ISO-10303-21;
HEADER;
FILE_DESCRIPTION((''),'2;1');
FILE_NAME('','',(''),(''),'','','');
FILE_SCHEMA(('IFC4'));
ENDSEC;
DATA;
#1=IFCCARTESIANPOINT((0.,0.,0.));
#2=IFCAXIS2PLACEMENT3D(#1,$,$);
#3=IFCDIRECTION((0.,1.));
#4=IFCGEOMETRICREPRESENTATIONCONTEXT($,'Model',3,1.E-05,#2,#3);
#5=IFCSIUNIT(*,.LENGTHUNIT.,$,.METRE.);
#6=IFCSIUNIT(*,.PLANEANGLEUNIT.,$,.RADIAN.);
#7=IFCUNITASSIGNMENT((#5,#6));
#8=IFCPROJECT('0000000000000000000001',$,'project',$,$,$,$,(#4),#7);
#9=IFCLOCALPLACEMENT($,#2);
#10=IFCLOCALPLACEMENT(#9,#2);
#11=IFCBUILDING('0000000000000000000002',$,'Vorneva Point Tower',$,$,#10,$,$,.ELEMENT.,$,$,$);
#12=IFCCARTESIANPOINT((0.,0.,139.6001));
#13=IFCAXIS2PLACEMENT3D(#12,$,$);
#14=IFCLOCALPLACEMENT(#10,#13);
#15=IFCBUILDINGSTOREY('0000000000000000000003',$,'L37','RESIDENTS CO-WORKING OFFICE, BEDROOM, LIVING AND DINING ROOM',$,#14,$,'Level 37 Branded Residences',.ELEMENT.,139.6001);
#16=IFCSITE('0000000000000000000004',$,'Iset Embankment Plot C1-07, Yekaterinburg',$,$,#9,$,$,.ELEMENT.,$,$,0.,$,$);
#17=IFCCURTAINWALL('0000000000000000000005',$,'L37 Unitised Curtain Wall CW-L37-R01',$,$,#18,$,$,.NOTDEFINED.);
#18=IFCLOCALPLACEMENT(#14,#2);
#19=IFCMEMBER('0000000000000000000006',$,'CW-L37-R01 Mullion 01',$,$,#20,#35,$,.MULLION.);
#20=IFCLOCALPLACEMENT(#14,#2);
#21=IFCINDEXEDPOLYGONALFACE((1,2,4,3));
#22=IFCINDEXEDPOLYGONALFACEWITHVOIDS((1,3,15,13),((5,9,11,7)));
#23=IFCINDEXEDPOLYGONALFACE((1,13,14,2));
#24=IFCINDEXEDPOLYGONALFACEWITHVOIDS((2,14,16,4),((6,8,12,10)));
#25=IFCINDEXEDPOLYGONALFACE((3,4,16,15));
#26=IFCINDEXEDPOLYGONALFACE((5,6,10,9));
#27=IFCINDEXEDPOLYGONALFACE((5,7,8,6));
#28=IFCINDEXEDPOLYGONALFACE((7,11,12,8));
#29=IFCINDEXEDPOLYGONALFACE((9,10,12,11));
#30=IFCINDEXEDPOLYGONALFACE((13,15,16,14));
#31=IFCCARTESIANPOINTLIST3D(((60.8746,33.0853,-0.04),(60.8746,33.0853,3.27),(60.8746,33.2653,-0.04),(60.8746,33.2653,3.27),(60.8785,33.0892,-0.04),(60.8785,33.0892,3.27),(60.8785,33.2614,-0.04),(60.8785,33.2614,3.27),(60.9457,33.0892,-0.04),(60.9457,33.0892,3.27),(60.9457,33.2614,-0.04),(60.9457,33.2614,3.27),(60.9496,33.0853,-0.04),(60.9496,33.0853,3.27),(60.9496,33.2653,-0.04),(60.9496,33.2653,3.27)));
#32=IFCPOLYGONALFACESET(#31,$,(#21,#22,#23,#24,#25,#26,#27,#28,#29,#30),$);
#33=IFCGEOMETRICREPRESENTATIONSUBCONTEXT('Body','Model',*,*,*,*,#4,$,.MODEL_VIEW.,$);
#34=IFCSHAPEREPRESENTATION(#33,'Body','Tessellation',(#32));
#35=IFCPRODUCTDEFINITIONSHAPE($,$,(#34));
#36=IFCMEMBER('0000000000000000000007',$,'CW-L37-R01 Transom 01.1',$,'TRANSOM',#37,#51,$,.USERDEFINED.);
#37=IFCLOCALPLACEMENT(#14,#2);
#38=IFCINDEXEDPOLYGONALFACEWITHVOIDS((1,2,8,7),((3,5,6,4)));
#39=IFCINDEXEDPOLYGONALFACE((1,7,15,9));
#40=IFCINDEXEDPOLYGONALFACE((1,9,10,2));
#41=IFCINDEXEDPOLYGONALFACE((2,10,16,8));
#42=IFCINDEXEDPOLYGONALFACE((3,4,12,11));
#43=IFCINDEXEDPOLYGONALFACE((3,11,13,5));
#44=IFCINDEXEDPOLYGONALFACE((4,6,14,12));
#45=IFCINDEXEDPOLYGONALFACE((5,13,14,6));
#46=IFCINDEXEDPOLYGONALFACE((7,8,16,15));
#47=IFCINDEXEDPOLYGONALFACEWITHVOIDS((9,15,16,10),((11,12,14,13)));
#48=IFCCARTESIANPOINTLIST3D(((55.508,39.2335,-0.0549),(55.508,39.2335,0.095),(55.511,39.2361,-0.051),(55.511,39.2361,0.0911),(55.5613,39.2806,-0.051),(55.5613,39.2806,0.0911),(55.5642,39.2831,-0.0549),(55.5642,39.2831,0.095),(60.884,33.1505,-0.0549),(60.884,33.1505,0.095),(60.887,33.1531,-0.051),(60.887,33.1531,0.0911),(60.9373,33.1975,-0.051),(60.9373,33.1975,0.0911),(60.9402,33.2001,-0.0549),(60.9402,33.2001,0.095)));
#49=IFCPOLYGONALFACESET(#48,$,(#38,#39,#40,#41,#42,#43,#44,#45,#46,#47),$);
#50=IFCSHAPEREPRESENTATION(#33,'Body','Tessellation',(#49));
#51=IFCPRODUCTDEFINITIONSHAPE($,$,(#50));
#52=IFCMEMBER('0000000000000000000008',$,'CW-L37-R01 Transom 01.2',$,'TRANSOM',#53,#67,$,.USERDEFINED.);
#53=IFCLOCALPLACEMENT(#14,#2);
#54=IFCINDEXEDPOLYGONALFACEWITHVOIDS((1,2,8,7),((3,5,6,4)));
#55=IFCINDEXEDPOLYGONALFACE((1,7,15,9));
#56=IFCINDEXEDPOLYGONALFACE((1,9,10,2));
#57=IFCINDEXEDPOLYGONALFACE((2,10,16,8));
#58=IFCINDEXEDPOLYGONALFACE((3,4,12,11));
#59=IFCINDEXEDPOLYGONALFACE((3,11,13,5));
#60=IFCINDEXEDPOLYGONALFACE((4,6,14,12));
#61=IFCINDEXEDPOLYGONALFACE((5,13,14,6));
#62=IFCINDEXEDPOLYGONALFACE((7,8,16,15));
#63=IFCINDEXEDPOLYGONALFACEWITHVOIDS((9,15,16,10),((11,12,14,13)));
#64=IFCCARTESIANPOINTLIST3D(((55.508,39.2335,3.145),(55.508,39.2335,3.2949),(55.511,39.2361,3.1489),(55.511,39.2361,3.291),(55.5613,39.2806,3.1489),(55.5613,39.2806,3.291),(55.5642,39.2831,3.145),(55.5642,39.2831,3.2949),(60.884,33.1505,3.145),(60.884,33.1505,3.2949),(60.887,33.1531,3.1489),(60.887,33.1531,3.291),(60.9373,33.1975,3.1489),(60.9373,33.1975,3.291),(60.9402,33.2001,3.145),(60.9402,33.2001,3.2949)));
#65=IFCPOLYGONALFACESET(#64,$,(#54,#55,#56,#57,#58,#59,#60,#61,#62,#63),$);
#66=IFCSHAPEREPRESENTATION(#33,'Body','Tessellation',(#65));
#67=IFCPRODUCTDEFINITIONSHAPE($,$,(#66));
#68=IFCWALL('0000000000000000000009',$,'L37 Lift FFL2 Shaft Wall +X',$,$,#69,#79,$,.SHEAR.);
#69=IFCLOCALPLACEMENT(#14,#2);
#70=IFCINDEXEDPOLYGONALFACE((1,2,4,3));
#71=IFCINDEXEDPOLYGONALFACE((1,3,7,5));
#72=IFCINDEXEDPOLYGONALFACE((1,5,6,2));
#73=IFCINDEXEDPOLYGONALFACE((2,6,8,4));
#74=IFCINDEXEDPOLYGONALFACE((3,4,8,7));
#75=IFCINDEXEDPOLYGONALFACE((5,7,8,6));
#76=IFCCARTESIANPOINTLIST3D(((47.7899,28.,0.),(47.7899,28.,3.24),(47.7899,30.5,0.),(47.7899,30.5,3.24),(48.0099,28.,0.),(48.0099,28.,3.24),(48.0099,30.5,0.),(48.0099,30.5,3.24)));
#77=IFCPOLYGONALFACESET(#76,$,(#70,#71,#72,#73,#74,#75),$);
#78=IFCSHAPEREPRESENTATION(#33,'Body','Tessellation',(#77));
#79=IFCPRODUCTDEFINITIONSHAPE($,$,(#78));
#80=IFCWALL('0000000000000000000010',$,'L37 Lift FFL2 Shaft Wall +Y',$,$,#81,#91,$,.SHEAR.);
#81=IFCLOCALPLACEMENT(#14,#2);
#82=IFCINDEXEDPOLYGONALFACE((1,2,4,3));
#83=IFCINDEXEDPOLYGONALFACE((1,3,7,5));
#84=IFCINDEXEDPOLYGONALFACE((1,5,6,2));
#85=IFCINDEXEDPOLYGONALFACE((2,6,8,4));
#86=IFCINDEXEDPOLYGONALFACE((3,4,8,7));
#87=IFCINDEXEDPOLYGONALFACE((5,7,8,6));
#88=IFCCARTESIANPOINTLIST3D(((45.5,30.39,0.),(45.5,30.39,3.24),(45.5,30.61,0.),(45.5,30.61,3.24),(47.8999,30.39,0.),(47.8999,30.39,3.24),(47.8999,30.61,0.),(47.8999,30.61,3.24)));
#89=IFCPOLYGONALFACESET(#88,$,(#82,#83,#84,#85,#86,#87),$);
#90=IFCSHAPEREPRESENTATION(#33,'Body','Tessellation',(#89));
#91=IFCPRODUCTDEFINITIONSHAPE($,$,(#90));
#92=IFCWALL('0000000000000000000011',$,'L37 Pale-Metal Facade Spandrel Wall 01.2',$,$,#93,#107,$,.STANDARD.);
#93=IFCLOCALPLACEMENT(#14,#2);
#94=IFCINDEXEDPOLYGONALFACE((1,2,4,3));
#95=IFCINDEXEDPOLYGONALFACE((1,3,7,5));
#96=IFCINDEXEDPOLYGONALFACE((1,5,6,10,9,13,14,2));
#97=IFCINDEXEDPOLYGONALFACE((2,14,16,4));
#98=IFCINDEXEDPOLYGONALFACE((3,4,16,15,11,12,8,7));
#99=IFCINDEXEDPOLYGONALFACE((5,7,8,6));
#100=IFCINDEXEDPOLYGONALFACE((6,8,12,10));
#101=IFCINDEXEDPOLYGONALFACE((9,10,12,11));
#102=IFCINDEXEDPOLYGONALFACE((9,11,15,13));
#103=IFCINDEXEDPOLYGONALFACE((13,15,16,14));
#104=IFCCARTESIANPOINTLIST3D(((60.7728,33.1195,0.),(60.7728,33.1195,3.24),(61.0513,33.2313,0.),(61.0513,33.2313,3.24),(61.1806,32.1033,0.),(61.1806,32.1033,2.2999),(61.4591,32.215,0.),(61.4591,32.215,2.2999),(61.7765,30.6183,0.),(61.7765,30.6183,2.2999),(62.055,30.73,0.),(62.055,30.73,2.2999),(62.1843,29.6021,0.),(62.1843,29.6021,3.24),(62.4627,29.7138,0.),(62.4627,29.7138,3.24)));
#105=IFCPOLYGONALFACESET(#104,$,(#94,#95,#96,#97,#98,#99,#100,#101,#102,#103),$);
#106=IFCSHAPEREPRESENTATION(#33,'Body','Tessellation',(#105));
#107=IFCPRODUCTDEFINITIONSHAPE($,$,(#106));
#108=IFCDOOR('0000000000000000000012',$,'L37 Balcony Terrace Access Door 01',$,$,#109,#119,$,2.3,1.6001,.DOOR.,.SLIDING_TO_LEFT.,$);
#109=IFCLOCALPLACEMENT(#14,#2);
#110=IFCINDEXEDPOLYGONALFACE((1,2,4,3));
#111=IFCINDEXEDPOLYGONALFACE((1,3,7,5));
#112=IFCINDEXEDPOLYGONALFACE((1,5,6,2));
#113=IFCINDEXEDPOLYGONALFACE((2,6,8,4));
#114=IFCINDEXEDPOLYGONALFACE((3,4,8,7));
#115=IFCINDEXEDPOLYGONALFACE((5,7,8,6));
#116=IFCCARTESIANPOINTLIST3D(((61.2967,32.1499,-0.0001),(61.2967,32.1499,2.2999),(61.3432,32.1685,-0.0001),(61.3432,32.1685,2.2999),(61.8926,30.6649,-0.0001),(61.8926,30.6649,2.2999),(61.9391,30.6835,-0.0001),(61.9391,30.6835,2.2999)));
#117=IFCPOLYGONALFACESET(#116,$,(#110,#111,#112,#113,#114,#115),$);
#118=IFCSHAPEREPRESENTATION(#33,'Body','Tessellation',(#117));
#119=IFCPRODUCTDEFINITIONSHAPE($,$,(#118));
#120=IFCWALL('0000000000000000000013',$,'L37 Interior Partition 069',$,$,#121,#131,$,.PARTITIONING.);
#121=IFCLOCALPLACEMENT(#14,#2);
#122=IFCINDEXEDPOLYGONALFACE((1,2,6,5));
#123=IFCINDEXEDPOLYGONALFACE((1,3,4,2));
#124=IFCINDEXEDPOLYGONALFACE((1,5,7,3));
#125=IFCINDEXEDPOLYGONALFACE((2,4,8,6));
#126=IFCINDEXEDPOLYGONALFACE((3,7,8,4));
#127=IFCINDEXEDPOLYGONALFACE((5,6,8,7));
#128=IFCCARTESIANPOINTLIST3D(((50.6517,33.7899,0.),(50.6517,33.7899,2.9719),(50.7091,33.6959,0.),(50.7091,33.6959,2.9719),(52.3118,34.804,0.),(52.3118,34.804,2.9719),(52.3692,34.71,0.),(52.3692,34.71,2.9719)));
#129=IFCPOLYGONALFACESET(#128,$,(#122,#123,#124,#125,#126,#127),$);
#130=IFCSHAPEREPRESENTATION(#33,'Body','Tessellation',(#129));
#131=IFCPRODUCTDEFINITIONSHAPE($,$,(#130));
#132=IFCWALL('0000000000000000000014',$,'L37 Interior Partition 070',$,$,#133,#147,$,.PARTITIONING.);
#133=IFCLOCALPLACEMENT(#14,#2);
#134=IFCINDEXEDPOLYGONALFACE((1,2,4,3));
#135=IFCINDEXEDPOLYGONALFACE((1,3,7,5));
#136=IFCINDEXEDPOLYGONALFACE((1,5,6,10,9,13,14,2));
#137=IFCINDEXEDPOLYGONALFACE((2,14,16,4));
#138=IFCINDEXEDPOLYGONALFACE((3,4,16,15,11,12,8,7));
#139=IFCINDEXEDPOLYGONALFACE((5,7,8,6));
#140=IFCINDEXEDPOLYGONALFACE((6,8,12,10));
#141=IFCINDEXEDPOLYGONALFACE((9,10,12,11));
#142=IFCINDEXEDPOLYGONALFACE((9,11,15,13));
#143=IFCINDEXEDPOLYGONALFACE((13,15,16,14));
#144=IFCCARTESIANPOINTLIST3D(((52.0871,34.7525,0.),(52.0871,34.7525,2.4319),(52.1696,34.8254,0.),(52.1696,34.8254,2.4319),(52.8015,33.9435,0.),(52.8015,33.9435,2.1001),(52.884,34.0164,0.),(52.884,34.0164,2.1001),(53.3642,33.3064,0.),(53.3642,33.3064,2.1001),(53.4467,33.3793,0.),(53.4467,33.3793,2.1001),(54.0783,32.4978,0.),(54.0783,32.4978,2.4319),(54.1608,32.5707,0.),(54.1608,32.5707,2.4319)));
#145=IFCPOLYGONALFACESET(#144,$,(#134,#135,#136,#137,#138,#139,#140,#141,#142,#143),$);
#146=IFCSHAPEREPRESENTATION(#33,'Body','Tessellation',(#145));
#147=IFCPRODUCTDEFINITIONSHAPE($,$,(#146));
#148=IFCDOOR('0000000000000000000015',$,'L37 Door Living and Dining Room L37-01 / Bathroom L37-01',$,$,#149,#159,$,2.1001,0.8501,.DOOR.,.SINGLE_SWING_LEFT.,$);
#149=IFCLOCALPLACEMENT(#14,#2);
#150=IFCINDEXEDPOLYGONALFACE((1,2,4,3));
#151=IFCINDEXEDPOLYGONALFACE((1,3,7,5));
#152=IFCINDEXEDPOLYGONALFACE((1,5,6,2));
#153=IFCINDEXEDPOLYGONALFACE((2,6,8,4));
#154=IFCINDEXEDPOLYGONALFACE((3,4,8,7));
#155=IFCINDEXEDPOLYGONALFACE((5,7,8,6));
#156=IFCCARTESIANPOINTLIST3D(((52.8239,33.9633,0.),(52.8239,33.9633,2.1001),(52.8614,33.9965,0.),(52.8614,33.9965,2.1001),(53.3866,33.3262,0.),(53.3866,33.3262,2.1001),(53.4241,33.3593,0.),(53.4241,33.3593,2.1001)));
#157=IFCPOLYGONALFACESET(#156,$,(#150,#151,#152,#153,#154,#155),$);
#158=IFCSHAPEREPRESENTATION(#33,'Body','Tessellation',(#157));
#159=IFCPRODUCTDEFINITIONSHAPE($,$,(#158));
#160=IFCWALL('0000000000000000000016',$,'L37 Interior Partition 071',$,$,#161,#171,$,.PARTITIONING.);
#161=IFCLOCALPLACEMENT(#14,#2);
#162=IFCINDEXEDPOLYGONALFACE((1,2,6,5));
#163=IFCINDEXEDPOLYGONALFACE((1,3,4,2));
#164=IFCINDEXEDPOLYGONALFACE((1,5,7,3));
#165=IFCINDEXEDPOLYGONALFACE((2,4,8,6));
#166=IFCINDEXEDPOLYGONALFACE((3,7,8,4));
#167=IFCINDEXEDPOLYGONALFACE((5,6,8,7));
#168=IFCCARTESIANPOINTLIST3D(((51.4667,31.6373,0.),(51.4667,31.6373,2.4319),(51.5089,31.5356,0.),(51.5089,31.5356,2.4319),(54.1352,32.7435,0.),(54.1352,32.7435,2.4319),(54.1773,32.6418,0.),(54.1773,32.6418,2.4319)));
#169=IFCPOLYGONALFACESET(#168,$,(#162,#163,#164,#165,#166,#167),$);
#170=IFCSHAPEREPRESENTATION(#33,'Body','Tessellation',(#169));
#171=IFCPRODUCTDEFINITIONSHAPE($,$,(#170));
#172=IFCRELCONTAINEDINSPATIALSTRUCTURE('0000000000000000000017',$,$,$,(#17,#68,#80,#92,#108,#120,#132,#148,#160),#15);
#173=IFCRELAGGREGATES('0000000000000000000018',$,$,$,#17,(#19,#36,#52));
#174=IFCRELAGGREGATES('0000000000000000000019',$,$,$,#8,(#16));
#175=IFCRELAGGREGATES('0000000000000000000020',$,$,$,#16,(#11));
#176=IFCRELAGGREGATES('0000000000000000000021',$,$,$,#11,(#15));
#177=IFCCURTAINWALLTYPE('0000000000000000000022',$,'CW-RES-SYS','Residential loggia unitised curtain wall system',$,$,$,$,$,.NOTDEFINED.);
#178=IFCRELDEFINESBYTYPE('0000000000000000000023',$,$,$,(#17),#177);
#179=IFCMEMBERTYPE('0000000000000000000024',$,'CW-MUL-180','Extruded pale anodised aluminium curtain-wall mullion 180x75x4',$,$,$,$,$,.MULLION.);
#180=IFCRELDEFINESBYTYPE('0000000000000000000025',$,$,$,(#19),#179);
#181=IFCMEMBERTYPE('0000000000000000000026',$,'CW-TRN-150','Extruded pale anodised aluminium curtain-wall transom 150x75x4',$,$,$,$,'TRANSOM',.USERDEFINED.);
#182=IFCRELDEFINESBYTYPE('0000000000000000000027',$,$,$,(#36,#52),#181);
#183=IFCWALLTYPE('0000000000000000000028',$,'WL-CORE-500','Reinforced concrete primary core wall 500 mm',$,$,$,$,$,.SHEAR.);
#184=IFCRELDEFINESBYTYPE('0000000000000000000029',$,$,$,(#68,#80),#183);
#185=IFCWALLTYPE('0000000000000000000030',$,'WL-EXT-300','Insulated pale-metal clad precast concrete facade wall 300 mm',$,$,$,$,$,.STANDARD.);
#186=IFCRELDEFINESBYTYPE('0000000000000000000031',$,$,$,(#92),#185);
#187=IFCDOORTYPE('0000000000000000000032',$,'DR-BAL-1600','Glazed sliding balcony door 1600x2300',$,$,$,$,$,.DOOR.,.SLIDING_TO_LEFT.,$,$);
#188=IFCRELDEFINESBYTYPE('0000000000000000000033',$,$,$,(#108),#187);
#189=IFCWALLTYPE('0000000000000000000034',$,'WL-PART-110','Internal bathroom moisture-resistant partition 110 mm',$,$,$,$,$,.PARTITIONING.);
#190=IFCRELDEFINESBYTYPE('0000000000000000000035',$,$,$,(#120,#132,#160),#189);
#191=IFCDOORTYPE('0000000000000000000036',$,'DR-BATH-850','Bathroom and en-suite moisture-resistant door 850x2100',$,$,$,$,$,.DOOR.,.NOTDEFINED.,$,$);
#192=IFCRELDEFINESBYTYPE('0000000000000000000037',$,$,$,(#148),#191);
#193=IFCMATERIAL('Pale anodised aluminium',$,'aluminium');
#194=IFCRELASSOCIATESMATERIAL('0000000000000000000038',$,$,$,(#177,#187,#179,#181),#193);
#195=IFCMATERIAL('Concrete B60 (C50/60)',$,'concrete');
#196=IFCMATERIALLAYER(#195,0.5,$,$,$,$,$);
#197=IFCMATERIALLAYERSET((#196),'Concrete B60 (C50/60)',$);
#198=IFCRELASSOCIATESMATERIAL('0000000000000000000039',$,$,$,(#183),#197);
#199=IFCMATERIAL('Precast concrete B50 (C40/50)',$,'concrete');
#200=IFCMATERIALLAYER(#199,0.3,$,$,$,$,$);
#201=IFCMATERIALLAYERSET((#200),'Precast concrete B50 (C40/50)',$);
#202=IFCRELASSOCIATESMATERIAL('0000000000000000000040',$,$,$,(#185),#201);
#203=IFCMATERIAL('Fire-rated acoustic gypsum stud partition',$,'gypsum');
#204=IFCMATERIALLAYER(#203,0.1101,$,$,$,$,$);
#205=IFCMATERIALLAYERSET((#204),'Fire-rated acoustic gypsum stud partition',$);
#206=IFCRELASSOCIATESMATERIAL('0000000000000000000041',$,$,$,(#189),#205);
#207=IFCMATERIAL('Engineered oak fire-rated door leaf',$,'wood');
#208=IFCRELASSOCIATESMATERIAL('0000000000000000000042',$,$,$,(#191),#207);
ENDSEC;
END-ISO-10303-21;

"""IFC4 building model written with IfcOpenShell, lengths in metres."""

from ifc_helpers import new_model, si_unit, direction, frame, frame_2d, origin, origin_2d, place, context, subcontext, project, spatial, rectangle, hollow_rectangle, extrude, material, layer, layer_set, material_profile, profile_set, type_object, element, fill, aggregate, save


model = new_model("IFC4")

# Units and contexts
model_context = context("Model", 3, precision=1e-05, world=origin(), true_north=direction((0.0, 1.0)))
body_context = subcontext(model_context, "Body", "Model", "MODEL_VIEW")
ifc_project = project(units=[si_unit("LENGTHUNIT", "METRE"), si_unit("PLANEANGLEUNIT", "RADIAN")], contexts=[model_context])

# Site, building, storey
site_placement = place(None, origin())
site = spatial("IfcSite", under=ifc_project, at=site_placement, Name="Iset Embankment Plot C1-07, Yekaterinburg", CompositionType="ELEMENT", RefElevation=0.0)
building_placement = place(site_placement, origin())
building = spatial("IfcBuilding", under=site, at=building_placement, Name="Vorneva Point Tower", CompositionType="ELEMENT")
storey_placement = place(building_placement, frame((0.0, 0.0, 139.6001)))
storey = spatial("IfcBuildingStorey", under=building, at=storey_placement, Name="L37", Description="RESIDENTS CO-WORKING OFFICE, BEDROOM, LIVING AND DINING ROOM", LongName="Level 37 Branded Residences", CompositionType="ELEMENT", Elevation=139.6001)

# Shared definitions
ifc_material_1 = material(Name="Concrete B60 (C50/60)", Category="concrete")

# Curtain wall, members
ifc_material_2 = material(Name="Pale anodised aluminium", Category="aluminium")
curtain_wall_type = type_object("IfcCurtainWallType", Name="CW-RES-SYS", Description="Residential loggia unitised curtain wall system", PredefinedType="NOTDEFINED", material=ifc_material_2)
curtain_wall_placement = place(storey_placement, origin())
curtain_wall = element("IfcCurtainWall", 1, at=curtain_wall_placement, inside=storey, type_object=curtain_wall_type, Name="L37 Unitised Curtain Wall CW-L37-R01", PredefinedType="NOTDEFINED")
ifc_material_profile_1 = material_profile(ifc_material_2, hollow_rectangle(XDim=0.075, YDim=0.1799, WallThickness=0.0039, at=origin_2d()), Name="AL-MUL 180x75x4")
ifc_profile_set_1 = profile_set([ifc_material_profile_1], Name="Pale anodised aluminium")
member_type_1 = type_object("IfcMemberType", Name="CW-MUL-180", Description="Extruded pale anodised aluminium curtain-wall mullion 180x75x4", PredefinedType="MULLION", material=ifc_profile_set_1)
member_1_placement = place(storey_placement, frame((60.9121, 33.1753, -0.04), z_axis=(0.0, 0.0, 1.0), x_axis=(1.0, 0.0, 0.0)))
member_1 = element("IfcMember", 2, at=member_1_placement, type_object=member_type_1, Name="CW-L37-R01 Mullion 01", PredefinedType="MULLION", context=body_context, shape_type="SweptSolid", body=[
    extrude(hollow_rectangle(XDim=0.075, YDim=0.1799, WallThickness=0.0039, at=origin_2d()), origin(), (0.0, 0.0, 1.0), 3.3101),
])
ifc_material_profile_2 = material_profile(ifc_material_2, hollow_rectangle(XDim=0.075, YDim=0.1499, WallThickness=0.0039, at=origin_2d()), Name="AL-TRN 150x75x4")
ifc_profile_set_2 = profile_set([ifc_material_profile_2], Name="Pale anodised aluminium")
member_type_2 = type_object("IfcMemberType", Name="CW-TRN-150", Description="Extruded pale anodised aluminium curtain-wall transom 150x75x4", ElementType="TRANSOM", PredefinedType="USERDEFINED", material=ifc_profile_set_2)
member_2_placement = place(storey_placement, frame((60.9121, 33.1753, 0.02), z_axis=(-0.662218, 0.749311, 0.0), x_axis=(-0.749311, -0.662218, 0.0)))
member_2 = element("IfcMember", 3, at=member_2_placement, type_object=member_type_2, Name="CW-L37-R01 Transom 01.1", ObjectType="TRANSOM", PredefinedType="USERDEFINED", context=body_context, shape_type="SweptSolid", body=[
    extrude(hollow_rectangle(XDim=0.075, YDim=0.1499, WallThickness=0.0039, at=origin_2d()), origin(), (0.0, 0.0, 1.0), 8.1182),
])
member_3_placement = place(storey_placement, frame((60.9121, 33.1753, 3.22), z_axis=(-0.662218, 0.749311, 0.0), x_axis=(-0.749311, -0.662218, 0.0)))
member_3 = element("IfcMember", 4, at=member_3_placement, type_object=member_type_2, Name="CW-L37-R01 Transom 01.2", ObjectType="TRANSOM", PredefinedType="USERDEFINED", context=body_context, shape_type="SweptSolid", body=[
    extrude(hollow_rectangle(XDim=0.075, YDim=0.1499, WallThickness=0.0039, at=origin_2d()), origin(), (0.0, 0.0, 1.0), 8.1182),
])
aggregate(curtain_wall, [member_1, member_2, member_3])

# Walls
ifc_layer_1 = layer(ifc_material_1, 0.5)
ifc_layer_set_1 = layer_set([ifc_layer_1], Name="Concrete B60 (C50/60)")
wall_type_1 = type_object("IfcWallType", Name="WL-CORE-500", Description="Reinforced concrete primary core wall 500 mm", PredefinedType="SHEAR", material=ifc_layer_set_1)
wall_1_placement = place(storey_placement, frame((47.8999, 28.0, 0.0), z_axis=(0.0, 0.0, 1.0), x_axis=(0.0, 1.0, 0.0)))
element("IfcWall", 5, at=wall_1_placement, inside=storey, type_object=wall_type_1, Name="L37 Lift FFL2 Shaft Wall +X", PredefinedType="SHEAR", context=body_context, shape_type="SweptSolid", body=[
    extrude(rectangle(XDim=2.5, YDim=0.22, at=frame_2d((1.25, 0.0))), origin(), (0.0, 0.0, 1.0), 3.24),
])
wall_2_placement = place(storey_placement, frame((47.8999, 30.5, 0.0), z_axis=(0.0, 0.0, 1.0), x_axis=(-1.0, 0.0, 0.0)))
element("IfcWall", 6, at=wall_2_placement, inside=storey, type_object=wall_type_1, Name="L37 Lift FFL2 Shaft Wall +Y", PredefinedType="SHEAR", context=body_context, shape_type="SweptSolid", body=[
    extrude(rectangle(XDim=2.3999, YDim=0.22, at=frame_2d((1.2, 0.0))), origin(), (0.0, 0.0, 1.0), 3.24),
])

# Wall, opening, door
ifc_material_3 = material(Name="Precast concrete B50 (C40/50)", Category="concrete")
ifc_layer_2 = layer(ifc_material_3, 0.3)
ifc_layer_set_2 = layer_set([ifc_layer_2], Name="Precast concrete B50 (C40/50)")
wall_type_2 = type_object("IfcWallType", Name="WL-EXT-300", Description="Insulated pale-metal clad precast concrete facade wall 300 mm", PredefinedType="STANDARD", material=ifc_layer_set_2)
wall_3_placement = place(storey_placement, frame((62.3235, 29.658, 0.0), z_axis=(0.0, 0.0, 1.0), x_axis=(-0.372401, 0.928072, 0.0)))
wall_3 = element("IfcWall", 7, at=wall_3_placement, inside=storey, type_object=wall_type_2, Name="L37 Pale-Metal Facade Spandrel Wall 01.2", PredefinedType="STANDARD", context=body_context, shape_type="SweptSolid", body=[
    extrude(rectangle(XDim=3.79, YDim=0.3, at=frame_2d((1.895, 0.0))), origin(), (0.0, 0.0, 1.0), 3.24),
])
opening_1_placement = place(wall_3_placement, frame((1.095, 0.0, 0.0)))
opening_1 = element("IfcOpeningElement", 8, at=opening_1_placement, cuts=wall_3, PredefinedType="OPENING", context=body_context, shape_type="SweptSolid", body=[
    extrude(rectangle(XDim=1.6001, YDim=2.3, at=frame_2d((0.8, 1.1499))), frame((0.0, 0.165, 0.0), z_axis=(0.0, -1.0, 0.0), x_axis=(1.0, 0.0, 0.0)), (0.0, 0.0, 1.0), 0.3298),
])
door_type_1 = type_object("IfcDoorType", Name="DR-BAL-1600", Description="Glazed sliding balcony door 1600x2300", OperationType="SLIDING_TO_LEFT", PredefinedType="DOOR", material=ifc_material_2)
door_1_placement = place(opening_1_placement, origin())
door_1 = element("IfcDoor", 9, at=door_1_placement, inside=storey, type_object=door_type_1, Name="L37 Balcony Terrace Access Door 01", OperationType="SLIDING_TO_LEFT", OverallHeight=2.3, OverallWidth=1.6001, PredefinedType="DOOR", context=body_context, shape_type="SweptSolid", body=[
    extrude(rectangle(XDim=1.6001, YDim=2.3, at=frame_2d((0.8, 1.1499))), frame((0.0, 0.0249, 0.0), z_axis=(0.0, -1.0, 0.0), x_axis=(1.0, 0.0, 0.0)), (0.0, 0.0, 1.0), 0.05),
])
fill(opening_1, door_1)

# Wall
ifc_material_4 = material(Name="Fire-rated acoustic gypsum stud partition", Category="gypsum")
ifc_layer_3 = layer(ifc_material_4, 0.1101)
ifc_layer_set_3 = layer_set([ifc_layer_3], Name="Fire-rated acoustic gypsum stud partition")
wall_type_3 = type_object("IfcWallType", Name="WL-PART-110", Description="Internal bathroom moisture-resistant partition 110 mm", PredefinedType="PARTITIONING", material=ifc_layer_set_3)
wall_4_placement = place(storey_placement, frame((50.6804, 33.7429, 0.0), z_axis=(0.0, 0.0, 1.0), x_axis=(0.853369, 0.521308, 0.0)))
element("IfcWall", 10, at=wall_4_placement, inside=storey, type_object=wall_type_3, Name="L37 Interior Partition 069", PredefinedType="PARTITIONING", context=body_context, shape_type="SweptSolid", body=[
    extrude(rectangle(XDim=1.9453, YDim=0.1101, at=frame_2d((0.9727, 0.0))), origin(), (0.0, 0.0, 1.0), 2.9719),
])

# Wall, opening, door
wall_5_placement = place(storey_placement, frame((52.1284, 34.7888, 0.0), z_axis=(0.0, 0.0, 1.0), x_axis=(0.661962, -0.749537, 0.0)))
wall_5 = element("IfcWall", 11, at=wall_5_placement, inside=storey, type_object=wall_type_3, Name="L37 Interior Partition 070", PredefinedType="PARTITIONING", context=body_context, shape_type="SweptSolid", body=[
    extrude(rectangle(XDim=3.0081, YDim=0.1101, at=frame_2d((1.5039, 0.0))), origin(), (0.0, 0.0, 1.0), 2.4319),
])
opening_2_placement = place(wall_5_placement, frame((1.0791, 0.0, 0.0)))
opening_2 = element("IfcOpeningElement", 12, at=opening_2_placement, cuts=wall_5, PredefinedType="OPENING", context=body_context, shape_type="SweptSolid", body=[
    extrude(rectangle(XDim=0.8501, YDim=2.1001, at=frame_2d((0.425, 1.05))), frame((0.0, 0.0698, 0.0), z_axis=(0.0, -1.0, 0.0), x_axis=(1.0, 0.0, 0.0)), (0.0, 0.0, 1.0), 0.1399),
])
ifc_material_5 = material(Name="Engineered oak fire-rated door leaf", Category="wood")
door_type_2 = type_object("IfcDoorType", Name="DR-BATH-850", Description="Bathroom and en-suite moisture-resistant door 850x2100", OperationType="NOTDEFINED", PredefinedType="DOOR", material=ifc_material_5)
door_2_placement = place(opening_2_placement, origin())
door_2 = element("IfcDoor", 13, at=door_2_placement, inside=storey, type_object=door_type_2, Name="L37 Door Living and Dining Room L37-01 / Bathroom L37-01", OperationType="SINGLE_SWING_LEFT", OverallHeight=2.1001, OverallWidth=0.8501, PredefinedType="DOOR", context=body_context, shape_type="SweptSolid", body=[
    extrude(rectangle(XDim=0.8501, YDim=2.1001, at=frame_2d((0.425, 1.05))), frame((0.0, 0.0249, 0.0), z_axis=(0.0, -1.0, 0.0), x_axis=(1.0, 0.0, 0.0)), (0.0, 0.0, 1.0), 0.05),
])
fill(opening_2, door_2)

# Wall
wall_6_placement = place(storey_placement, frame((54.1562, 32.6926, 0.0), z_axis=(0.0, 0.0, 1.0), x_axis=(-0.923771, -0.382946, 0.0)))
element("IfcWall", 14, at=wall_6_placement, inside=storey, type_object=wall_type_3, Name="L37 Interior Partition 071", PredefinedType="PARTITIONING", context=body_context, shape_type="SweptSolid", body=[
    extrude(rectangle(XDim=2.8887, YDim=0.1101, at=frame_2d((1.4443, 0.0))), origin(), (0.0, 0.0, 1.0), 2.4319),
])

save(model, "model.ifc")
